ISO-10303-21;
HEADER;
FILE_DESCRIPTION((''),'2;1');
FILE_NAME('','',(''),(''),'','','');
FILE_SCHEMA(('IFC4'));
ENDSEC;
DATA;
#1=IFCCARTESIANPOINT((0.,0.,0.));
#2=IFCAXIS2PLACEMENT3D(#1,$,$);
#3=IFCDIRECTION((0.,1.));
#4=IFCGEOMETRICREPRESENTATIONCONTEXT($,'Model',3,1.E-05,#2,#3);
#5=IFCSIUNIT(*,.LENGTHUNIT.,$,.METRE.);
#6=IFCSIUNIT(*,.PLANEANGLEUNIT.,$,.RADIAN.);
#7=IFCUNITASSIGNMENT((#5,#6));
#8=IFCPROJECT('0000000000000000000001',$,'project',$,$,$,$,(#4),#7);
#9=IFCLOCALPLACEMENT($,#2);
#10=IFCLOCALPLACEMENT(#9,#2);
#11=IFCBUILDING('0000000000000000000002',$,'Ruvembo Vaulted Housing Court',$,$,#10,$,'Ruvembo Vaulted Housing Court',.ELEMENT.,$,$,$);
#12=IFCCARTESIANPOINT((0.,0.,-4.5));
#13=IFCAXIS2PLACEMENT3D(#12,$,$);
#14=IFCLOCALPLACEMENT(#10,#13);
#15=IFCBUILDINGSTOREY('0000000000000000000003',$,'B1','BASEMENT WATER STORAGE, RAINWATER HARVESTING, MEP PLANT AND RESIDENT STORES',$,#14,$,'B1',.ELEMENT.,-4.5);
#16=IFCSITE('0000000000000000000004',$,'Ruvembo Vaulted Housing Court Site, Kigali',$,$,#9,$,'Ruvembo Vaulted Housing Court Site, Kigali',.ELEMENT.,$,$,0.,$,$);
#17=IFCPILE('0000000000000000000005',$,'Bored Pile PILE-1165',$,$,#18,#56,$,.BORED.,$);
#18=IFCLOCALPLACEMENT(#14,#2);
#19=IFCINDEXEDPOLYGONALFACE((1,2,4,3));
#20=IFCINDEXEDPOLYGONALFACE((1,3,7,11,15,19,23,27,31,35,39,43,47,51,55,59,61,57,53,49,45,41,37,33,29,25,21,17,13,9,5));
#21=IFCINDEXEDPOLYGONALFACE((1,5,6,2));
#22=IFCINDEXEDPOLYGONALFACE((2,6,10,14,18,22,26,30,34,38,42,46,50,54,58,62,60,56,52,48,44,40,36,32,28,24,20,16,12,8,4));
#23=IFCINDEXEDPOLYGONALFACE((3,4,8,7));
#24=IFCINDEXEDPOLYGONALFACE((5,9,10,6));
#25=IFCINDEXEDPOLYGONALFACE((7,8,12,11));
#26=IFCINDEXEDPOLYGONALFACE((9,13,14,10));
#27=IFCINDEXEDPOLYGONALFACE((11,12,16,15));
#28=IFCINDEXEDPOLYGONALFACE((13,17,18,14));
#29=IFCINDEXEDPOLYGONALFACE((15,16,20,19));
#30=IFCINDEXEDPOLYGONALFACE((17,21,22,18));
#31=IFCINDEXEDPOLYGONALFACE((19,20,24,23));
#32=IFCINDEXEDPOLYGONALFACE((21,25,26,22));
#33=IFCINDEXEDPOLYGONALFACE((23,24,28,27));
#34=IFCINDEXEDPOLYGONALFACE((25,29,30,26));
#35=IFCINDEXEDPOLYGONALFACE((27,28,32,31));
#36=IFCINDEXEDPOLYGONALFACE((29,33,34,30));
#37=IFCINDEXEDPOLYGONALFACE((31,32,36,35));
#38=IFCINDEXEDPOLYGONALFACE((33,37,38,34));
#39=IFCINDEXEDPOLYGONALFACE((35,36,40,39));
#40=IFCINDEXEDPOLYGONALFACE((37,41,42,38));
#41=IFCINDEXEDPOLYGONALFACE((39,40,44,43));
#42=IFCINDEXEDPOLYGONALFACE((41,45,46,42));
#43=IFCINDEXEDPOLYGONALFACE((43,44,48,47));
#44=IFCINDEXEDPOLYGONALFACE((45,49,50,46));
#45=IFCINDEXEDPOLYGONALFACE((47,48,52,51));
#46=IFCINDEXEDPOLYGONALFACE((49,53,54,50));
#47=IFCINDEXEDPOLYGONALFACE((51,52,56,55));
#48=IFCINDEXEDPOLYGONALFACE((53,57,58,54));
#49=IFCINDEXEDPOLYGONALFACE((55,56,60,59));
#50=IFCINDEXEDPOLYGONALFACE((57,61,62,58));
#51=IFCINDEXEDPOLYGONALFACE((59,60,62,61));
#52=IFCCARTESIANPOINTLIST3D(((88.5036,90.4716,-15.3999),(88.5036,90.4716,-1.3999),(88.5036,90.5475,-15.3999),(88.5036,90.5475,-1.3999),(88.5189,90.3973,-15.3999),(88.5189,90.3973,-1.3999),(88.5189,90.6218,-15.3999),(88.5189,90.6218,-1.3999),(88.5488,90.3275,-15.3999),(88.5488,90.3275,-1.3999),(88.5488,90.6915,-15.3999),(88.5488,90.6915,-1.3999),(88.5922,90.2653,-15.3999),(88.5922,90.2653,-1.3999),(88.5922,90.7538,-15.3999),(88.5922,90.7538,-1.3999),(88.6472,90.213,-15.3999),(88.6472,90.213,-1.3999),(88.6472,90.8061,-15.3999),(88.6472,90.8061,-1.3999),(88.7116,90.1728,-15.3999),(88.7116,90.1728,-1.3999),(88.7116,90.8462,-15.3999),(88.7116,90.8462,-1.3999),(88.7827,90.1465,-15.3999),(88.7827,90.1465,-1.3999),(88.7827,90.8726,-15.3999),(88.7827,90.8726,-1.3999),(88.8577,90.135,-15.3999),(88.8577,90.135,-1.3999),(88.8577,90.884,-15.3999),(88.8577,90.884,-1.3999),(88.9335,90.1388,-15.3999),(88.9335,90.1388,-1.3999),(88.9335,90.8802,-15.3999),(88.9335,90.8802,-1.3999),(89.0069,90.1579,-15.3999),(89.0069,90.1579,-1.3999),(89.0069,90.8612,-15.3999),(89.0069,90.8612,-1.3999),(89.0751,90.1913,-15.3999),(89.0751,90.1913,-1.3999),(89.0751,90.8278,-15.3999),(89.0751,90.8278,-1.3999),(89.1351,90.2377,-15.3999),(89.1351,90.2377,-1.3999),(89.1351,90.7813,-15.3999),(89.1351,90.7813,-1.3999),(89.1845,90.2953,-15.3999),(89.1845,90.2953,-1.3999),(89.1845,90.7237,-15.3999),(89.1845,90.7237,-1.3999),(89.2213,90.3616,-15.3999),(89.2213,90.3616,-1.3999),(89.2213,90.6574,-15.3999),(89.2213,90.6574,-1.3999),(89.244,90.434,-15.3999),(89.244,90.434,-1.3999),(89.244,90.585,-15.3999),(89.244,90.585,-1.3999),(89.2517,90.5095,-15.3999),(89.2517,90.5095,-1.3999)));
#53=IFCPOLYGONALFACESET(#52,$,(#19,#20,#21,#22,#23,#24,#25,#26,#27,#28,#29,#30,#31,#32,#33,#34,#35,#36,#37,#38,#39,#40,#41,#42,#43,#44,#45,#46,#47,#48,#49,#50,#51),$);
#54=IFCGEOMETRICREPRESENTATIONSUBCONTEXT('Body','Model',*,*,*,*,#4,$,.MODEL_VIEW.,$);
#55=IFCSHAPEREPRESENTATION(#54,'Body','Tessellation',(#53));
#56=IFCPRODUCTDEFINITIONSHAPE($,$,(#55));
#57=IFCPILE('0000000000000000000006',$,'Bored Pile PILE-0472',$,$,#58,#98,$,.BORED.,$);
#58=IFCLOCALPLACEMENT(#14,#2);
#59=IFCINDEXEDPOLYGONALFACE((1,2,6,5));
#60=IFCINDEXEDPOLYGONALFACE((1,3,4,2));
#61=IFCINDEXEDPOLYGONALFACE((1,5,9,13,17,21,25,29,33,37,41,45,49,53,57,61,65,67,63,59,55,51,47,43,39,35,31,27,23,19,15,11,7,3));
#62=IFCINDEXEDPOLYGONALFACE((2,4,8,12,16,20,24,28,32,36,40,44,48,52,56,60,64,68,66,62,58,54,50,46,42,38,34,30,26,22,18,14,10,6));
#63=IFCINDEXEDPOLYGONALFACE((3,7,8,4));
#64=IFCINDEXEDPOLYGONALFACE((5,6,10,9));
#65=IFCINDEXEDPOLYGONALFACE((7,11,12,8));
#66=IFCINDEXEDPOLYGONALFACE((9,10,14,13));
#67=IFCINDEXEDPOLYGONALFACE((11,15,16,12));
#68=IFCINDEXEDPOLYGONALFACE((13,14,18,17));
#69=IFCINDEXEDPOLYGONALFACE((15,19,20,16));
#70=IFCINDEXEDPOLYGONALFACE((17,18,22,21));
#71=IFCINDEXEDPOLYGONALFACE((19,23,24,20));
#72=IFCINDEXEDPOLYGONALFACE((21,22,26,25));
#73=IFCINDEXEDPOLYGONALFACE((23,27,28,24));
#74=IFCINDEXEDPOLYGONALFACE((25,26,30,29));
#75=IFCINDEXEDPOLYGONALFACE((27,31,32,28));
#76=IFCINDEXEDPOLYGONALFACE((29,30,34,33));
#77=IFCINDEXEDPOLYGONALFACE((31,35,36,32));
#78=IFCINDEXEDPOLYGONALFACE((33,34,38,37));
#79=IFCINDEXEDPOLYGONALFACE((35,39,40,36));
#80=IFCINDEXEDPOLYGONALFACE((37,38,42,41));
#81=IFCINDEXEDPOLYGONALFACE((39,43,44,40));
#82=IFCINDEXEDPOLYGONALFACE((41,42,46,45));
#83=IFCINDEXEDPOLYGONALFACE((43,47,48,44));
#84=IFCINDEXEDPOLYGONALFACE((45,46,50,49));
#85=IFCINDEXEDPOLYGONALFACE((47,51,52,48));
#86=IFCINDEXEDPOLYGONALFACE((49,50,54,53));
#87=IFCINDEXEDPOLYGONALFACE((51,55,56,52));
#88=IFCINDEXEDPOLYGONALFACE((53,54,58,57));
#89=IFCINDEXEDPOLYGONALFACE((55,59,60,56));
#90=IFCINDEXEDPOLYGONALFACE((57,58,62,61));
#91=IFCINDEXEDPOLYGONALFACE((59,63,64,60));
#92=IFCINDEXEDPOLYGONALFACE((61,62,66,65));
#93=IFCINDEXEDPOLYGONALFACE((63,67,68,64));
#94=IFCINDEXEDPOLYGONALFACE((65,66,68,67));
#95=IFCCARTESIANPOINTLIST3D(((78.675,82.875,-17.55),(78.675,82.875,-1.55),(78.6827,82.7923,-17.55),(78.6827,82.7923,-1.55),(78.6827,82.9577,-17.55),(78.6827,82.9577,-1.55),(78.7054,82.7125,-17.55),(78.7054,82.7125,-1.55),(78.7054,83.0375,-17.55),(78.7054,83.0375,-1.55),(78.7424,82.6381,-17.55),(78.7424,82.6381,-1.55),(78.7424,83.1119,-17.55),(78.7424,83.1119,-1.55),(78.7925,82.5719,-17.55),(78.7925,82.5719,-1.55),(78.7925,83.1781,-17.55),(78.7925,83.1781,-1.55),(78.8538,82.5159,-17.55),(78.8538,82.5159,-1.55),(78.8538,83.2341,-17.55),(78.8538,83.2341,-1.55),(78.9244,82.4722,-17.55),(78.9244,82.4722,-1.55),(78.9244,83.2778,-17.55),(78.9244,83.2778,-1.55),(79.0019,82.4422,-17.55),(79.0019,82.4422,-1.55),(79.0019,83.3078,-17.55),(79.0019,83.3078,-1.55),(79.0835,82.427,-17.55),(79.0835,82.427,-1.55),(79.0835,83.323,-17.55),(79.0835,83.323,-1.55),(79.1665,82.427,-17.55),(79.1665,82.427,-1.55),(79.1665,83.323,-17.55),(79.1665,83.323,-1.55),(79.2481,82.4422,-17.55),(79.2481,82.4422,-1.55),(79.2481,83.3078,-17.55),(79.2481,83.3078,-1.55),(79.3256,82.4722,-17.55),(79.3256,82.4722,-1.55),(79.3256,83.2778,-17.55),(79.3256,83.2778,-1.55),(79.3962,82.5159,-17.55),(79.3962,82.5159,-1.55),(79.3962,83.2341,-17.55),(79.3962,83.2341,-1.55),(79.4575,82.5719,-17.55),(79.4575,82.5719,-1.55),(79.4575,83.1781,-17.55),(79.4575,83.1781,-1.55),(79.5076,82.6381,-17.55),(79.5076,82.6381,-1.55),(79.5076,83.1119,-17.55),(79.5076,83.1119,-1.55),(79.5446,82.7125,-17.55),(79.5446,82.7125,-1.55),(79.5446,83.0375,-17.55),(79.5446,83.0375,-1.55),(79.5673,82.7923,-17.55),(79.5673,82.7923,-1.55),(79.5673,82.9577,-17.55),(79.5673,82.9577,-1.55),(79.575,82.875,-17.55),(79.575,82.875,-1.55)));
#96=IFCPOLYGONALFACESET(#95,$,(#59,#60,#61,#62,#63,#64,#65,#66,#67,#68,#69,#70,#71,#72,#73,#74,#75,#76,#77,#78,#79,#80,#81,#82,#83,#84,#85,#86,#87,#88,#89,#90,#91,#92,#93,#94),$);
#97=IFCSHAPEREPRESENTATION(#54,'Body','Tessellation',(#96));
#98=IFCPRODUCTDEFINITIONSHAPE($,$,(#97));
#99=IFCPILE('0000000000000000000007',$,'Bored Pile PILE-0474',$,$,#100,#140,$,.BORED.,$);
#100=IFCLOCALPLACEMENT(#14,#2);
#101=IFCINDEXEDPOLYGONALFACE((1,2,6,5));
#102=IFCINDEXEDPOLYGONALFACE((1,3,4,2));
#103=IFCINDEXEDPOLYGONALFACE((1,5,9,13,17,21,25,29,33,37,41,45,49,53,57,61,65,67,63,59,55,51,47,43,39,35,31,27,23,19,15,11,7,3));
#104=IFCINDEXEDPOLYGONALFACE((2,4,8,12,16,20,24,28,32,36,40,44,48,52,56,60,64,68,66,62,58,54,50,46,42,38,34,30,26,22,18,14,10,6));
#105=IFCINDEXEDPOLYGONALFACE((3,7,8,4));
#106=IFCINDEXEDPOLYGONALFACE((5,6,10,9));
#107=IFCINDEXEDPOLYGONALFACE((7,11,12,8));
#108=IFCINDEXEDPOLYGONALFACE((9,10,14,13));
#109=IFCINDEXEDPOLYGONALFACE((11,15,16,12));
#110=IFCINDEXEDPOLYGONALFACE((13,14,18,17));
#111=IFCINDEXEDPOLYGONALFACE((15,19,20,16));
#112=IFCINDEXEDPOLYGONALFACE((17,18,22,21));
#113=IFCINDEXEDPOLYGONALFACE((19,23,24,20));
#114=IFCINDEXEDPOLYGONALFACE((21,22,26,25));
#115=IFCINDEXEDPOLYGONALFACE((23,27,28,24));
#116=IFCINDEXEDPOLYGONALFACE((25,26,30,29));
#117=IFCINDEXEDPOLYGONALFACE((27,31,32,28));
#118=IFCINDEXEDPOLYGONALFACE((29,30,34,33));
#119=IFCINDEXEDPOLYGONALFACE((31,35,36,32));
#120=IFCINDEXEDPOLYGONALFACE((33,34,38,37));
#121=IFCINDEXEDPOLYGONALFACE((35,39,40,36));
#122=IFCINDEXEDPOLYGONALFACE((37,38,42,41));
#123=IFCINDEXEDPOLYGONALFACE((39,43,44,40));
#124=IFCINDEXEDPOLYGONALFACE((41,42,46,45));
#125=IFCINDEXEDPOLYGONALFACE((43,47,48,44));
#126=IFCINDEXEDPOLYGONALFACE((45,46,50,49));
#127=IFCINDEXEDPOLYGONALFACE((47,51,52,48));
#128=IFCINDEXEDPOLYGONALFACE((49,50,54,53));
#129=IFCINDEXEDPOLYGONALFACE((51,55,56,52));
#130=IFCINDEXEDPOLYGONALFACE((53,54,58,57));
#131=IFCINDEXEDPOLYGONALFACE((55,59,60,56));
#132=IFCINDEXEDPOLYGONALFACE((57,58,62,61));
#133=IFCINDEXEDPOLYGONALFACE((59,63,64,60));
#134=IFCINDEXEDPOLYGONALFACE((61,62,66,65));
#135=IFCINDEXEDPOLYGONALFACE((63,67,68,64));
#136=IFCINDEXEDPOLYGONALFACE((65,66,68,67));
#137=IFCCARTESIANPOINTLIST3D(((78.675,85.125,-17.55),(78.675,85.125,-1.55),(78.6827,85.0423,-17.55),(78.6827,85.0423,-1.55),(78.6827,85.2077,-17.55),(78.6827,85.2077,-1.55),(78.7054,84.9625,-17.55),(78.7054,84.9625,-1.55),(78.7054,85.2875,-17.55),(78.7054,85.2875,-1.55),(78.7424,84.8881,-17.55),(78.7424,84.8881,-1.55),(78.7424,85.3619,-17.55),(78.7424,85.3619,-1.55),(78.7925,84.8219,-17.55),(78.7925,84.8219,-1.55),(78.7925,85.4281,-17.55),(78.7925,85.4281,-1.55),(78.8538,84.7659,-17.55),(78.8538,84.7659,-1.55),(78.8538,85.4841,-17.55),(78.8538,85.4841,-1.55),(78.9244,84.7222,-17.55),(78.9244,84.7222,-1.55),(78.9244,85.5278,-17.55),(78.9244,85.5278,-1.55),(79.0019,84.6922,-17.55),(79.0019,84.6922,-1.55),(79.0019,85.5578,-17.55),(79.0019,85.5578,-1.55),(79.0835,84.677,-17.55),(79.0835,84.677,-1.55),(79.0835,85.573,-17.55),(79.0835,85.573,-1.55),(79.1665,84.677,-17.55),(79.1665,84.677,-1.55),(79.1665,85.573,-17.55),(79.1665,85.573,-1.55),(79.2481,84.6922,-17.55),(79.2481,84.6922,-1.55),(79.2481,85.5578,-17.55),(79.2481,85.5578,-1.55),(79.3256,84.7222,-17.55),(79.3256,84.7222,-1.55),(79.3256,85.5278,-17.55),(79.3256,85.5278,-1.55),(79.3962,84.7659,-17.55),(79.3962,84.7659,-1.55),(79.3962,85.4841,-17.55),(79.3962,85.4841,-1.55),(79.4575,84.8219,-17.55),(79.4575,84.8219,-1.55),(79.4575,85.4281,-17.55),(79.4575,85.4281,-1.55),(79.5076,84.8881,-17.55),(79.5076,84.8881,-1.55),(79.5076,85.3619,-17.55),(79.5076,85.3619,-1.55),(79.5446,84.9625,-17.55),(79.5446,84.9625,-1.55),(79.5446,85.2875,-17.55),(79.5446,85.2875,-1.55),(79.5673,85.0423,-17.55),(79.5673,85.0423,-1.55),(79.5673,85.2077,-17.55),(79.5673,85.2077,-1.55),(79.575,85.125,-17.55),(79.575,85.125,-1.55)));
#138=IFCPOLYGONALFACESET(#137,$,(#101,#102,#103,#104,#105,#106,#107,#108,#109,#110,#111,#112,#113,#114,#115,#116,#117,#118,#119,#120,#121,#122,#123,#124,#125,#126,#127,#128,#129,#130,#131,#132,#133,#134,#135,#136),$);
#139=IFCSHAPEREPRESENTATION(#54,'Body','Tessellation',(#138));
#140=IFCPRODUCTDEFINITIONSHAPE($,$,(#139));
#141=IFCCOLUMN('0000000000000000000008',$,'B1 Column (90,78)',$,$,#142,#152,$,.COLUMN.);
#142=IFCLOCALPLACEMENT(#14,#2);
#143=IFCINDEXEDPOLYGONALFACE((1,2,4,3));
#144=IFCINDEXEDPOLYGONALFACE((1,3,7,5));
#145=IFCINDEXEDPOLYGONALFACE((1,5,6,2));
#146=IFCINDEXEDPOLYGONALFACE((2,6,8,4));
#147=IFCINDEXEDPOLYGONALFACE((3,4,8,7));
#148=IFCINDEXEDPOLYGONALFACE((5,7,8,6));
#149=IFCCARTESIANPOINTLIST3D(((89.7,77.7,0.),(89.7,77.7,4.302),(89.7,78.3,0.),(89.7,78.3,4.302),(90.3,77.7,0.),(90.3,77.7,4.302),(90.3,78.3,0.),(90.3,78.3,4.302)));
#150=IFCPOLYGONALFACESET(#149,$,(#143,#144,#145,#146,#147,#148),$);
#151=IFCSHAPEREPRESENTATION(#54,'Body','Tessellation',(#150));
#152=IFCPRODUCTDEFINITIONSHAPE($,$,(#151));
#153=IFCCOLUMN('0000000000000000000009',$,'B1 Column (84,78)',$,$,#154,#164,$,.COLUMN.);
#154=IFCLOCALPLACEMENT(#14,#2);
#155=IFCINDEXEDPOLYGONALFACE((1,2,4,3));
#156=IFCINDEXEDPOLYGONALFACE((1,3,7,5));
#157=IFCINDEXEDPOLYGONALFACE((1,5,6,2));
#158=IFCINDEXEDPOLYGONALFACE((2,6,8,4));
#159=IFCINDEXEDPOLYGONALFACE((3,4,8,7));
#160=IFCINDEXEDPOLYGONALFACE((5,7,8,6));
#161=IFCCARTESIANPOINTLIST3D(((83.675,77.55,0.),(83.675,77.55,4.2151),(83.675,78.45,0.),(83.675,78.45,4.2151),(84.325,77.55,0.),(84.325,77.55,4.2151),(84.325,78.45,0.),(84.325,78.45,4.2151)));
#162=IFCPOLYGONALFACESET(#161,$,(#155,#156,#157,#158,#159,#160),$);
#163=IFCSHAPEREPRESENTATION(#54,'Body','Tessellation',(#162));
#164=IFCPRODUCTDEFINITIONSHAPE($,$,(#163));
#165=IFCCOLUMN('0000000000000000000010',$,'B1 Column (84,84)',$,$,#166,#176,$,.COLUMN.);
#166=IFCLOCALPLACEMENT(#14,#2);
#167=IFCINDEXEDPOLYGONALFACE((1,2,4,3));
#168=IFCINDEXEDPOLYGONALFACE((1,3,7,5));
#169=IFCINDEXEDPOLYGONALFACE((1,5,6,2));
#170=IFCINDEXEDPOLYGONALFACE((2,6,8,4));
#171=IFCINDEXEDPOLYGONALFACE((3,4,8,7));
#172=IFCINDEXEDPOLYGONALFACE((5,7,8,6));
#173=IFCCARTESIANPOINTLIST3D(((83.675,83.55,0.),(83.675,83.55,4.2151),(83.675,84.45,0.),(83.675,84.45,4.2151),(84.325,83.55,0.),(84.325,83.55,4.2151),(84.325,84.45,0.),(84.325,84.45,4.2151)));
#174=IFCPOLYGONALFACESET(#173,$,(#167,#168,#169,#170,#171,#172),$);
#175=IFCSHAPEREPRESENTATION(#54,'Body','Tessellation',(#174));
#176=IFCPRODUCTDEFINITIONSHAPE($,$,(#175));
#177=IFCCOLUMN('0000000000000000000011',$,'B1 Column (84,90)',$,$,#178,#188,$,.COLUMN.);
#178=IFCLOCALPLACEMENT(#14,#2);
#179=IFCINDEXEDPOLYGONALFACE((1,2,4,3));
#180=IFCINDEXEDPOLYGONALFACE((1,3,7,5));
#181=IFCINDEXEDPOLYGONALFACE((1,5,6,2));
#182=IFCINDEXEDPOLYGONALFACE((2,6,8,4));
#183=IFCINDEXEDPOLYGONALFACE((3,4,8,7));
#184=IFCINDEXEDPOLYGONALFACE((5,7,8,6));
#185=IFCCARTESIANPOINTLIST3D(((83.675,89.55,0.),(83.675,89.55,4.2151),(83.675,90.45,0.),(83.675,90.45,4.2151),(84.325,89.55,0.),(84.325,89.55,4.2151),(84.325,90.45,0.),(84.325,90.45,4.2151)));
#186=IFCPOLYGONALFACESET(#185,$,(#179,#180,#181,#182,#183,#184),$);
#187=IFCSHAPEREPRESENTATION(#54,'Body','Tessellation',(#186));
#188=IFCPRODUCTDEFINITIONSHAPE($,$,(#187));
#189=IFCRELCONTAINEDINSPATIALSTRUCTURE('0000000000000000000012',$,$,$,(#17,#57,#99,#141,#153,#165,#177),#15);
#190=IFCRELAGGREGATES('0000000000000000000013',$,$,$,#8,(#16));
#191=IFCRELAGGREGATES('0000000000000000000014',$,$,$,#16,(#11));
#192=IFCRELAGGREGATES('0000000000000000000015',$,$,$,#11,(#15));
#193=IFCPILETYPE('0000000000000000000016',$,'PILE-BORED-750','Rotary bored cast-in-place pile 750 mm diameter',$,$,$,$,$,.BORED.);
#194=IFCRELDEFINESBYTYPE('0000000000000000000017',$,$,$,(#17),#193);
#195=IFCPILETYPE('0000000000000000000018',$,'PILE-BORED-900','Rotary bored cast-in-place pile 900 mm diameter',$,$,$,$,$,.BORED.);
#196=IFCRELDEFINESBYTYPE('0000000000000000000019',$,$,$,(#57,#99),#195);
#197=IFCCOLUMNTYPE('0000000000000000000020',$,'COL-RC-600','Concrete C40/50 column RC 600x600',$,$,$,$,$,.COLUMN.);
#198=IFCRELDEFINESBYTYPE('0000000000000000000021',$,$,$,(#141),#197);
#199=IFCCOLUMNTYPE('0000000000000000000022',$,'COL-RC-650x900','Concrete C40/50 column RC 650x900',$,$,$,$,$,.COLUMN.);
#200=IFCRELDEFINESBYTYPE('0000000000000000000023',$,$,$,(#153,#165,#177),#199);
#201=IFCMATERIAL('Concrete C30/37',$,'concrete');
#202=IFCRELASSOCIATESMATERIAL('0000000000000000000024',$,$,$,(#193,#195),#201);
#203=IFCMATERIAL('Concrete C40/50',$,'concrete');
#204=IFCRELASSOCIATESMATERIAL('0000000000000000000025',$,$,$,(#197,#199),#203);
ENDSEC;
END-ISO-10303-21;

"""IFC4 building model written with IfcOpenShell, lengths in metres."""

from ifc_helpers import new_model, si_unit, direction, frame, origin, origin_2d, place, context, subcontext, project, spatial, rectangle, circle, extrude, material, material_profile, profile_set, type_object, element, save


model = new_model("IFC4")

# Units and contexts
model_context = context("Model", 3, precision=1e-05, world=origin(), true_north=direction((0.0, 1.0)))
body_context = subcontext(model_context, "Body", "Model", "MODEL_VIEW")
ifc_project = project(units=[si_unit("LENGTHUNIT", "METRE"), si_unit("PLANEANGLEUNIT", "RADIAN")], contexts=[model_context])

# Site, building, storey
site_placement = place(None, origin())
site = spatial("IfcSite", under=ifc_project, at=site_placement, Name="Ruvembo Vaulted Housing Court Site, Kigali", LongName="Ruvembo Vaulted Housing Court Site, Kigali", CompositionType="ELEMENT", RefElevation=0.0)
building_placement = place(site_placement, origin())
building = spatial("IfcBuilding", under=site, at=building_placement, Name="Ruvembo Vaulted Housing Court", LongName="Ruvembo Vaulted Housing Court", CompositionType="ELEMENT")
storey_placement = place(building_placement, frame((0.0, 0.0, -4.5)))
storey = spatial("IfcBuildingStorey", under=building, at=storey_placement, Name="B1", Description="BASEMENT WATER STORAGE, RAINWATER HARVESTING, MEP PLANT AND RESIDENT STORES", LongName="B1", CompositionType="ELEMENT", Elevation=-4.5)

# Piles
ifc_material_1 = material(Name="Concrete C30/37", Category="concrete")
ifc_material_profile_1 = material_profile(ifc_material_1, circle(Radius=0.375, at=origin_2d()), Name="PILE D750")
ifc_profile_set_1 = profile_set([ifc_material_profile_1], Name="Concrete C30/37")
pile_type_1 = type_object("IfcPileType", Name="PILE-BORED-750", Description="Rotary bored cast-in-place pile 750 mm diameter", PredefinedType="BORED", material=ifc_profile_set_1)
for number, where, z_axis, x_axis, name in (
    (1, (88.8767, 90.5095, -1.3999), (0.0, 0.0, -1.0), (1.0, 0.0, 0.0), "Bored Pile PILE-1165"),
):
    element("IfcPile", number, at=place(storey_placement, frame(where, z_axis=z_axis, x_axis=x_axis)), inside=storey, type_object=pile_type_1, Name=name, PredefinedType="BORED", context=body_context, shape_type="SweptSolid", body=[
        extrude(circle(Radius=0.375, at=origin_2d()), origin(), (0.0, 0.0, 1.0), 14.0),
    ])
ifc_material_profile_2 = material_profile(ifc_material_1, circle(Radius=0.45, at=origin_2d()), Name="PILE D900")
ifc_profile_set_2 = profile_set([ifc_material_profile_2], Name="Concrete C30/37")
pile_type_2 = type_object("IfcPileType", Name="PILE-BORED-900", Description="Rotary bored cast-in-place pile 900 mm diameter", PredefinedType="BORED", material=ifc_profile_set_2)
for number, where, z_axis, x_axis, name in (
    (2, (79.125, 82.875, -1.55), (0.0, 0.0, -1.0), (1.0, 0.0, 0.0), "Bored Pile PILE-0472"),
    (3, (79.125, 85.125, -1.55), (0.0, 0.0, -1.0), (1.0, 0.0, 0.0), "Bored Pile PILE-0474"),
):
    element("IfcPile", number, at=place(storey_placement, frame(where, z_axis=z_axis, x_axis=x_axis)), inside=storey, type_object=pile_type_2, Name=name, PredefinedType="BORED", context=body_context, shape_type="SweptSolid", body=[
        extrude(circle(Radius=0.45, at=origin_2d()), origin(), (0.0, 0.0, 1.0), 16.0),
    ])

# Columns
ifc_material_2 = material(Name="Concrete C40/50", Category="concrete")
ifc_material_profile_3 = material_profile(ifc_material_2, rectangle(XDim=0.6001, YDim=0.6001, at=origin_2d()), Name="RC 600x600")
ifc_profile_set_3 = profile_set([ifc_material_profile_3], Name="Concrete C40/50")
column_type_1 = type_object("IfcColumnType", Name="COL-RC-600", Description="Concrete C40/50 column RC 600x600", PredefinedType="COLUMN", material=ifc_profile_set_3)
column_1_placement = place(storey_placement, frame((90.0, 78.0, 0.0), z_axis=(0.0, 0.0, 1.0), x_axis=(1.0, 0.0, 0.0)))
element("IfcColumn", 4, at=column_1_placement, inside=storey, type_object=column_type_1, Name="B1 Column (90,78)", PredefinedType="COLUMN", context=body_context, shape_type="SweptSolid", body=[
    extrude(rectangle(XDim=0.6001, YDim=0.6001, at=origin_2d()), origin(), (0.0, 0.0, 1.0), 4.302),
])
ifc_material_profile_4 = material_profile(ifc_material_2, rectangle(XDim=0.6499, YDim=0.8999, at=origin_2d()), Name="RC 650x900")
ifc_profile_set_4 = profile_set([ifc_material_profile_4], Name="Concrete C40/50")
column_type_2 = type_object("IfcColumnType", Name="COL-RC-650x900", Description="Concrete C40/50 column RC 650x900", PredefinedType="COLUMN", material=ifc_profile_set_4)
for number, where, z_axis, x_axis, name in (
    (5, (84.0, 78.0, 0.0), (0.0, 0.0, 1.0), (1.0, 0.0, 0.0), "B1 Column (84,78)"),
    (6, (84.0, 84.0, 0.0), (0.0, 0.0, 1.0), (1.0, 0.0, 0.0), "B1 Column (84,84)"),
    (7, (84.0, 90.0, 0.0), (0.0, 0.0, 1.0), (1.0, 0.0, 0.0), "B1 Column (84,90)"),
):
    element("IfcColumn", number, at=place(storey_placement, frame(where, z_axis=z_axis, x_axis=x_axis)), inside=storey, type_object=column_type_2, Name=name, PredefinedType="COLUMN", context=body_context, shape_type="SweptSolid", body=[
        extrude(rectangle(XDim=0.6499, YDim=0.8999, at=origin_2d()), origin(), (0.0, 0.0, 1.0), 4.2151),
    ])

save(model, "model.ifc")
